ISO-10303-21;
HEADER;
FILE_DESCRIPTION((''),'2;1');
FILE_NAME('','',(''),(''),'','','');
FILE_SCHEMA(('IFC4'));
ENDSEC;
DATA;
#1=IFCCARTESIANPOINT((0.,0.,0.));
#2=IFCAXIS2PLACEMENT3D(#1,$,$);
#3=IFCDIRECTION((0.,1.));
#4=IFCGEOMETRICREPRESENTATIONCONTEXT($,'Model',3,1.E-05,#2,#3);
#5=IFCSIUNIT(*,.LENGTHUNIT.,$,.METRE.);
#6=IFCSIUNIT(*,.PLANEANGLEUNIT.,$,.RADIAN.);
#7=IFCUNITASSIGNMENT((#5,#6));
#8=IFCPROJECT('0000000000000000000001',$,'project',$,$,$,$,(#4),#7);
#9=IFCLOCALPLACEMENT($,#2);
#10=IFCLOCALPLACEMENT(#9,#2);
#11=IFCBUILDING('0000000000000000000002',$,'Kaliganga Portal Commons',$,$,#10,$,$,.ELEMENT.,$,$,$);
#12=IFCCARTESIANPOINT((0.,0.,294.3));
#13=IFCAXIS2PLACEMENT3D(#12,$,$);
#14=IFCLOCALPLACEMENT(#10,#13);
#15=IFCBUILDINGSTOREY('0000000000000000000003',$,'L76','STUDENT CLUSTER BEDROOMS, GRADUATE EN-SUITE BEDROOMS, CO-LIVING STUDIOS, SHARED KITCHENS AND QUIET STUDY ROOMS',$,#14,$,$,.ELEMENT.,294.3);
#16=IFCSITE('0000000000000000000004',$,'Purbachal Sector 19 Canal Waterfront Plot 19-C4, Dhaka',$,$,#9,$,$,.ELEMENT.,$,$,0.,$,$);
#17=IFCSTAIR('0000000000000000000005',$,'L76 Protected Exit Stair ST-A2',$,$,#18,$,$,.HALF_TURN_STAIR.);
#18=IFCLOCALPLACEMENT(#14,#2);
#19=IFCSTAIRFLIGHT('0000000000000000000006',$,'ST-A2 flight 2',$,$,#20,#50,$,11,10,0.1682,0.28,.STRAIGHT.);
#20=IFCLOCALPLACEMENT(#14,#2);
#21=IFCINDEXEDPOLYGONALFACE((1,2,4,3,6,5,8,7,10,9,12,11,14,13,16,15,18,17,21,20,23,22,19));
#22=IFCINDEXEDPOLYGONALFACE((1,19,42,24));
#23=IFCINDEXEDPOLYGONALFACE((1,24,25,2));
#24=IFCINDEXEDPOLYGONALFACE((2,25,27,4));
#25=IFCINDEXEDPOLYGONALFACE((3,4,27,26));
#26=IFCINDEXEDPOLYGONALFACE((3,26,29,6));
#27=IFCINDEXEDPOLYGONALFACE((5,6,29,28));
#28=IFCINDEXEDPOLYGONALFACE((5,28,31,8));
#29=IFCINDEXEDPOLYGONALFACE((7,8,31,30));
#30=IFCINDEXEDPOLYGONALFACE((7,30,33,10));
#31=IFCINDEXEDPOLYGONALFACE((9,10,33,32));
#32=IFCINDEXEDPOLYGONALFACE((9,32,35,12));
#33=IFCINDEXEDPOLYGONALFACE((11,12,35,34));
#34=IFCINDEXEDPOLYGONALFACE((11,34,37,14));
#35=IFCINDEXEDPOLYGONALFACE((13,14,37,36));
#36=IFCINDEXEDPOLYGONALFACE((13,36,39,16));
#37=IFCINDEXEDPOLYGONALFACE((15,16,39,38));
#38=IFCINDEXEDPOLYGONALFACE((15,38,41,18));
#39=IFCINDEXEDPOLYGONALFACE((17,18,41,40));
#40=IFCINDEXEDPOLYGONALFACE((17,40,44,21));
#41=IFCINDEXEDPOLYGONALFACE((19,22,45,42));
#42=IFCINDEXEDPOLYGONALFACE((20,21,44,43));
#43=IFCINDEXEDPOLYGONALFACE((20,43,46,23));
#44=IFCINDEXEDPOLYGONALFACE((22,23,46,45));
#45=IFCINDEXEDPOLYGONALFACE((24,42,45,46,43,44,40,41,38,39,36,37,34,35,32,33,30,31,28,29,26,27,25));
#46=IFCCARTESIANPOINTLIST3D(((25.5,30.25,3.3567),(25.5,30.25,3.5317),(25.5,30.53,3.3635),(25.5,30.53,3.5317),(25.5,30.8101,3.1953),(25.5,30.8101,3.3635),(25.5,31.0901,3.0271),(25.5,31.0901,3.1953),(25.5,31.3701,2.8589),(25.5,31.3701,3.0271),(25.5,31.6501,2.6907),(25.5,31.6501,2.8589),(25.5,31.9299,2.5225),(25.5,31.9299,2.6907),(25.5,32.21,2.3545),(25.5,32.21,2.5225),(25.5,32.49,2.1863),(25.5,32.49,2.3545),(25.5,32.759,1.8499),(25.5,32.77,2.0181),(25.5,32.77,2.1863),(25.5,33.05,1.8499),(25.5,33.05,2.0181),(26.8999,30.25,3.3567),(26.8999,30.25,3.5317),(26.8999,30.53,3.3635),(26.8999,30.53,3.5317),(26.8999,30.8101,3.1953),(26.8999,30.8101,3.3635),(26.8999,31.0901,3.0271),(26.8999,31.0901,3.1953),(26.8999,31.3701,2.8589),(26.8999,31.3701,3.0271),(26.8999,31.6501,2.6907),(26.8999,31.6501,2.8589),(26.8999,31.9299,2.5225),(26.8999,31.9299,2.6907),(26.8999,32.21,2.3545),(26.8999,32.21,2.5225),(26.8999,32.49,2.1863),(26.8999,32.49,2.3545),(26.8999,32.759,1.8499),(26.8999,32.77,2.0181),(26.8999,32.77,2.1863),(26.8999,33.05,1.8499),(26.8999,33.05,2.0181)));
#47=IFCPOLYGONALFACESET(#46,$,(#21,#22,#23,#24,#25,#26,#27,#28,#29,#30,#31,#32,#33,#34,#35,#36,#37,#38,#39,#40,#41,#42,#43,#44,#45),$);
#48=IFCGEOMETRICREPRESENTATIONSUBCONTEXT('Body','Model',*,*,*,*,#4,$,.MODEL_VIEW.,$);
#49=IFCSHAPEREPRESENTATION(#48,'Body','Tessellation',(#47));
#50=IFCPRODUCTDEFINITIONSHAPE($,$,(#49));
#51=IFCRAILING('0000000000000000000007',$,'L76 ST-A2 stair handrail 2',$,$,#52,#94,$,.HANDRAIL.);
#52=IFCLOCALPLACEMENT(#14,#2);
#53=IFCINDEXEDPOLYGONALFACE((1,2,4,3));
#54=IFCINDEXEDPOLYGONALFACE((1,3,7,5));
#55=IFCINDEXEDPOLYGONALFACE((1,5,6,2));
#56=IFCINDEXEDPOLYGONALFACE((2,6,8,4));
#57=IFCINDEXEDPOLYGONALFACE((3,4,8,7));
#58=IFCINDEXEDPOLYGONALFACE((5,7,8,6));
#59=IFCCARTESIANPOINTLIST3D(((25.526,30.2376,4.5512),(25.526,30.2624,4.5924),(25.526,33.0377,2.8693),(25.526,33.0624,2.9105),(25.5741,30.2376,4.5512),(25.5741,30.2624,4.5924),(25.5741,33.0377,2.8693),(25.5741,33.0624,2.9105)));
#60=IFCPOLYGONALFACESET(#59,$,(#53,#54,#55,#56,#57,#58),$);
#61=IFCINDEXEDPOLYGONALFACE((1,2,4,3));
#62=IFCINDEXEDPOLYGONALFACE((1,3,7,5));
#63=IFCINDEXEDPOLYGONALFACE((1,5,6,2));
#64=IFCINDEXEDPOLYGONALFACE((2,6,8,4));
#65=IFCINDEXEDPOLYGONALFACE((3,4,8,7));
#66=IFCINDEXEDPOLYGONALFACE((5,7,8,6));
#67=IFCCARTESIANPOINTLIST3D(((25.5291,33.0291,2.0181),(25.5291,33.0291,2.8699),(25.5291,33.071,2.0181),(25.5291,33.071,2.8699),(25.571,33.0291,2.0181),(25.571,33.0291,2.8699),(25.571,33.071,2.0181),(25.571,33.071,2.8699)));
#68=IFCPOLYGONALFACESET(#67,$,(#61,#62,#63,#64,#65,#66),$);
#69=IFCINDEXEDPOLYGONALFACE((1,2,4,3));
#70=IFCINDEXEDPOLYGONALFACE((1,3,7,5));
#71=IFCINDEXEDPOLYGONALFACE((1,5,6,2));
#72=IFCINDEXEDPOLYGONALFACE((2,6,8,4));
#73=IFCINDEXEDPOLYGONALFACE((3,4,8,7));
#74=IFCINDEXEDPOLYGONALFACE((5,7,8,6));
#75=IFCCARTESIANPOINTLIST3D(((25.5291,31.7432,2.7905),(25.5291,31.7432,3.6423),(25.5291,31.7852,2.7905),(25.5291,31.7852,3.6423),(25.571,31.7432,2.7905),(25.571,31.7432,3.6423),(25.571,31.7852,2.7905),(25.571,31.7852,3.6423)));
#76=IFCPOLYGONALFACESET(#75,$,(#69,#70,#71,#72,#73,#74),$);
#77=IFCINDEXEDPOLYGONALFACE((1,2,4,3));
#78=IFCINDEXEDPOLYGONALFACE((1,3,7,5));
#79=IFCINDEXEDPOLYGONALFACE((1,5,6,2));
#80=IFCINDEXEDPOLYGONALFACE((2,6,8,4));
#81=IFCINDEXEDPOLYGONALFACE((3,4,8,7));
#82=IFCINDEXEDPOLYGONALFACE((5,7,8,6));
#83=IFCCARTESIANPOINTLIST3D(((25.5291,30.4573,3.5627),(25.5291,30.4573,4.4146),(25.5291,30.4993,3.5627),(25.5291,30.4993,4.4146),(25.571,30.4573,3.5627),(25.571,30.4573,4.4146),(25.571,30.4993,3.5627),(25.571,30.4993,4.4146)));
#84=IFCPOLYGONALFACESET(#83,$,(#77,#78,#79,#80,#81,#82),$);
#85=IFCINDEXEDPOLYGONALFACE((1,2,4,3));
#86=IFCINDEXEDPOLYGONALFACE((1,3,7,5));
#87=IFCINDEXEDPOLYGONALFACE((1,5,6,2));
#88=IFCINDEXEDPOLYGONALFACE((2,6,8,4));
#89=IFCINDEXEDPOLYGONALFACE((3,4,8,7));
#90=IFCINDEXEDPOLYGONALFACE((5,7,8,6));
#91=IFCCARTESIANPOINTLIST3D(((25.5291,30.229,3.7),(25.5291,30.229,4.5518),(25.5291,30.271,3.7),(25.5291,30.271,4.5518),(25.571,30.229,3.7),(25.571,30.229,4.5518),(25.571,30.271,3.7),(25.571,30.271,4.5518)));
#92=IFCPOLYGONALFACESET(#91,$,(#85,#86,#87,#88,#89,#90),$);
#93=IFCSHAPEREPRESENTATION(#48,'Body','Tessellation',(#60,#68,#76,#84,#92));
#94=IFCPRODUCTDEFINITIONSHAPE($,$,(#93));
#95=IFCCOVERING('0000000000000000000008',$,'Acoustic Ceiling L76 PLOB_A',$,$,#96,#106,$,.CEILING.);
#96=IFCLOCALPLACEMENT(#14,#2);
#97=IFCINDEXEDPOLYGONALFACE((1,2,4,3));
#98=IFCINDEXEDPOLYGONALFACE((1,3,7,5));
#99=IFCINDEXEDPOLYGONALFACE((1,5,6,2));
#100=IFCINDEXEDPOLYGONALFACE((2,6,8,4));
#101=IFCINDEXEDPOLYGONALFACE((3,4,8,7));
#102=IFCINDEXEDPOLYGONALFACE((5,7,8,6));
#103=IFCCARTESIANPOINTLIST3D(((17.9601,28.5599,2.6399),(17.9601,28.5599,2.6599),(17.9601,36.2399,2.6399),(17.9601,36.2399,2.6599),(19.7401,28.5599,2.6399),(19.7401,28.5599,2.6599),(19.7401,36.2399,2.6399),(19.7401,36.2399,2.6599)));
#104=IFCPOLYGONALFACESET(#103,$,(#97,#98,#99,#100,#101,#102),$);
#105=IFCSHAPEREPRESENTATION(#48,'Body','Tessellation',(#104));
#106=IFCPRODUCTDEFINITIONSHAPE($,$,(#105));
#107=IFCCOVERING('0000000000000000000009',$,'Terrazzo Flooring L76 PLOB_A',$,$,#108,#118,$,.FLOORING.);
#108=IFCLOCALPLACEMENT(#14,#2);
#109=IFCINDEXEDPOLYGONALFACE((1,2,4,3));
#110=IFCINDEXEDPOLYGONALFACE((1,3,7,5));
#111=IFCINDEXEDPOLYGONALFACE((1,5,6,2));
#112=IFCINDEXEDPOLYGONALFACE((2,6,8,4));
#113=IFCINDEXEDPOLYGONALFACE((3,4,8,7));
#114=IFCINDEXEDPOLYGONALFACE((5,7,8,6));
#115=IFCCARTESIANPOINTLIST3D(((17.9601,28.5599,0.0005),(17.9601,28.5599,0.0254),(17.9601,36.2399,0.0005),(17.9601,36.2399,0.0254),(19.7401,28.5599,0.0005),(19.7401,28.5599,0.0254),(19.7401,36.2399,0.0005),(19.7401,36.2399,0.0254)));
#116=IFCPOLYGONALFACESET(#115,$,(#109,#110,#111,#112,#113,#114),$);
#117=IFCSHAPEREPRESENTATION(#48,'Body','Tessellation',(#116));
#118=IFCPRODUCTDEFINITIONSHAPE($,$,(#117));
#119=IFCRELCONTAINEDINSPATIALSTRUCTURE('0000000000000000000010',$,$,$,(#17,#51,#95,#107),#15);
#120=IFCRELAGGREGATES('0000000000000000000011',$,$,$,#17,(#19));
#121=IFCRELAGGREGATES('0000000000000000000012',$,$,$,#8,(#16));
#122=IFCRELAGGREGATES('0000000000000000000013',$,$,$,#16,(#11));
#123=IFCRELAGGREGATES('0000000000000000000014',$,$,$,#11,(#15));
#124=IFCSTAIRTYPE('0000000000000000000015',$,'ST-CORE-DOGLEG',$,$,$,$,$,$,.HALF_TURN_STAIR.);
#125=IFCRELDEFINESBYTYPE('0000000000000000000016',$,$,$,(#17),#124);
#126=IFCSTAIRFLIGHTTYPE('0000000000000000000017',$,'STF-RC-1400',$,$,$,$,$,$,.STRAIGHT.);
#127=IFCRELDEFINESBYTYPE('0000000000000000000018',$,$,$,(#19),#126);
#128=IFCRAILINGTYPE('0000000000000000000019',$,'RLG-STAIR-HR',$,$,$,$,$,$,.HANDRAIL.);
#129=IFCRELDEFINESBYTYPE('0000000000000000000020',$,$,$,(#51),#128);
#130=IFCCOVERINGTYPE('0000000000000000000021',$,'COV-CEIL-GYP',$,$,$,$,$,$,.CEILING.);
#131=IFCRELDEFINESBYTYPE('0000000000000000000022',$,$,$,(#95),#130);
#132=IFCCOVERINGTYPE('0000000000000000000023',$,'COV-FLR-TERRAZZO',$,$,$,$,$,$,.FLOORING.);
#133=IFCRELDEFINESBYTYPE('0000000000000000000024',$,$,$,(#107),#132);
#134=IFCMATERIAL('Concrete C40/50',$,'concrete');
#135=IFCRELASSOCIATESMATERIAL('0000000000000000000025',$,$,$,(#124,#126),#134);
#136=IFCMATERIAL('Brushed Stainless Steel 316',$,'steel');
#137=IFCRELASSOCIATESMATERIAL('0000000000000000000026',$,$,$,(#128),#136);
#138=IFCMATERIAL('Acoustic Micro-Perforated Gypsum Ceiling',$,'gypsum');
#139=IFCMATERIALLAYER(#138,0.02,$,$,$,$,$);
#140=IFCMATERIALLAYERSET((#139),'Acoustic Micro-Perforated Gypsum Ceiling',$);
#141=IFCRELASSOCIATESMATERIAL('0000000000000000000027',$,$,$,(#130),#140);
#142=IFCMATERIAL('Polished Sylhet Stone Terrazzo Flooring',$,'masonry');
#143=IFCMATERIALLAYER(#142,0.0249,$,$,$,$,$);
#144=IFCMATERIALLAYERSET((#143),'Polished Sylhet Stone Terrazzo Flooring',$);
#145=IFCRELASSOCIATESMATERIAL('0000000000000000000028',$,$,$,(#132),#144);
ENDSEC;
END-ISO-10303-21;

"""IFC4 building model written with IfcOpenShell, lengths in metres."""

from ifc_helpers import new_model, si_unit, direction, frame, origin, origin_2d, place, context, subcontext, project, spatial, polyline, rectangle, outline, extrude, source, transform, mapped, material, layer, layer_set, type_object, element, aggregate, save


model = new_model("IFC4")

# Units and contexts
model_context = context("Model", 3, precision=1e-05, world=origin(), true_north=direction((0.0, 1.0)))
body_context = subcontext(model_context, "Body", "Model", "MODEL_VIEW")
ifc_project = project(units=[si_unit("LENGTHUNIT", "METRE"), si_unit("PLANEANGLEUNIT", "RADIAN")], contexts=[model_context])

# Site, building, storey
site_placement = place(None, origin())
site = spatial("IfcSite", under=ifc_project, at=site_placement, Name="Purbachal Sector 19 Canal Waterfront Plot 19-C4, Dhaka", CompositionType="ELEMENT", RefElevation=0.0)
building_placement = place(site_placement, origin())
building = spatial("IfcBuilding", under=site, at=building_placement, Name="Kaliganga Portal Commons", CompositionType="ELEMENT")
storey_placement = place(building_placement, frame((0.0, 0.0, 294.3)))
storey = spatial("IfcBuildingStorey", under=building, at=storey_placement, Name="L76", Description="STUDENT CLUSTER BEDROOMS, GRADUATE EN-SUITE BEDROOMS, CO-LIVING STUDIOS, SHARED KITCHENS AND QUIET STUDY ROOMS", CompositionType="ELEMENT", Elevation=294.3)

# Stair, stair flight
ifc_material_1 = material(Name="Concrete C40/50", Category="concrete")
stair_type = type_object("IfcStairType", Name="ST-CORE-DOGLEG", PredefinedType="HALF_TURN_STAIR", material=ifc_material_1)
stair_placement = place(storey_placement, origin())
stair = element("IfcStair", 1, at=stair_placement, inside=storey, type_object=stair_type, Name="L76 Protected Exit Stair ST-A2", PredefinedType="HALF_TURN_STAIR")
stair_flight_type = type_object("IfcStairFlightType", Name="STF-RC-1400", PredefinedType="STRAIGHT", material=ifc_material_1)
stair_flight_placement = place(storey_placement, frame((26.2, 33.05, 1.8499), z_axis=(0.0, 0.0, 1.0), x_axis=(0.0, -1.0, 0.0)))
stair_flight = element("IfcStairFlight", 2, at=stair_flight_placement, type_object=stair_flight_type, Name="ST-A2 flight 2", NumberOfRisers=11, NumberOfTreads=10, PredefinedType="STRAIGHT", RiserHeight=0.1682, TreadLength=0.28, context=body_context, shape_type="SweptSolid", body=[
    extrude(outline(polyline([(0.0, 0.0), (0.0, 0.1682), (0.28, 0.1682), (0.28, 0.3364), (0.5601, 0.3364), (0.5601, 0.5046), (0.8401, 0.5046), (0.8401, 0.6726), (1.1201, 0.6726), (1.1201, 0.8408), (1.3999, 0.8408), (1.3999, 1.009), (1.6799, 1.009), (1.6799, 1.1772), (1.96, 1.1772), (1.96, 1.3455), (2.24, 1.3455), (2.24, 1.5137), (2.52, 1.5137), (2.52, 1.6819), (2.8, 1.6819), (2.8, 1.8501), (2.8, 1.5068), (0.291, 0.0), (0.0, 0.0)])), frame((0.0, 0.7, 0.0), z_axis=(0.0, -1.0, 0.0), x_axis=(1.0, 0.0, 0.0)), (0.0, 0.0, 1.0), 1.3999),
])
aggregate(stair, [stair_flight])

# Railing
ifc_material_2 = material(Name="Brushed Stainless Steel 316", Category="steel")
railing_type = type_object("IfcRailingType", Name="RLG-STAIR-HR", PredefinedType="HANDRAIL", material=ifc_material_2)
railing_placement = place(storey_placement, frame((25.55, 33.05, 2.0181)))
element("IfcRailing", 3, at=railing_placement, inside=storey, type_object=railing_type, Name="L76 ST-A2 stair handrail 2", PredefinedType="HANDRAIL", context=body_context, shape_type="SweptSolid", body=[
    extrude(rectangle(XDim=0.0481, YDim=0.0481, at=origin_2d()), frame((0.0, 0.0, 0.8718), z_axis=(0.0, -0.857242, 0.514913), x_axis=(1.0, 0.0, 0.0)), (0.0, 0.0, 1.0), 3.2664),
    extrude(rectangle(XDim=0.042, YDim=0.042, at=origin_2d()), origin(), (0.0, 0.0, 1.0), 0.8518),
    extrude(rectangle(XDim=0.042, YDim=0.042, at=origin_2d()), frame((0.0, -1.2859, 0.7725)), (0.0, 0.0, 1.0), 0.8518),
    extrude(rectangle(XDim=0.042, YDim=0.042, at=origin_2d()), frame((0.0, -2.5718, 1.5447)), (0.0, 0.0, 1.0), 0.8518),
    extrude(rectangle(XDim=0.042, YDim=0.042, at=origin_2d()), frame((0.0, -2.8, 1.6819)), (0.0, 0.0, 1.0), 0.8518),
])

# Coverings
ifc_material_3 = material(Name="Acoustic Micro-Perforated Gypsum Ceiling", Category="gypsum")
ifc_layer_1 = layer(ifc_material_3, 0.02)
ifc_layer_set_1 = layer_set([ifc_layer_1], Name="Acoustic Micro-Perforated Gypsum Ceiling")
covering_type_1 = type_object("IfcCoveringType", Name="COV-CEIL-GYP", PredefinedType="CEILING", material=ifc_layer_set_1)
shared_shape_1 = source(origin(), body_context, "Body", "SweptSolid", [
    extrude(rectangle(XDim=1.78, YDim=7.6799, at=origin_2d()), origin(), (0.0, 0.0, 1.0), 0.02),
])
covering_1_placement = place(storey_placement, frame((18.8501, 32.3999, 2.6399), z_axis=(0.0, 0.0, 1.0), x_axis=(1.0, 0.0, 0.0)))
element("IfcCovering", 4, at=covering_1_placement, inside=storey, type_object=covering_type_1, Name="Acoustic Ceiling L76 PLOB_A", PredefinedType="CEILING", context=body_context, shape_type="MappedRepresentation", body=[
    mapped(shared_shape_1, transform((0.0, 0.0, 0.0), x_axis=(1.0, 0.0, 0.0), y_axis=(0.0, 1.0, 0.0), z_axis=(0.0, 0.0, 1.0), scale=1.0)),
])
ifc_material_4 = material(Name="Polished Sylhet Stone Terrazzo Flooring", Category="masonry")
ifc_layer_2 = layer(ifc_material_4, 0.0249)
ifc_layer_set_2 = layer_set([ifc_layer_2], Name="Polished Sylhet Stone Terrazzo Flooring")
covering_type_2 = type_object("IfcCoveringType", Name="COV-FLR-TERRAZZO", PredefinedType="FLOORING", material=ifc_layer_set_2)
shared_shape_2 = source(origin(), body_context, "Body", "SweptSolid", [
    extrude(rectangle(XDim=1.78, YDim=7.6799, at=origin_2d()), origin(), (0.0, 0.0, 1.0), 0.0249),
])
covering_2_placement = place(storey_placement, frame((18.8501, 32.3999, 0.0005), z_axis=(0.0, 0.0, 1.0), x_axis=(1.0, 0.0, 0.0)))
element("IfcCovering", 5, at=covering_2_placement, inside=storey, type_object=covering_type_2, Name="Terrazzo Flooring L76 PLOB_A", PredefinedType="FLOORING", context=body_context, shape_type="MappedRepresentation", body=[
    mapped(shared_shape_2, transform((0.0, 0.0, 0.0), x_axis=(1.0, 0.0, 0.0), y_axis=(0.0, 1.0, 0.0), z_axis=(0.0, 0.0, 1.0), scale=1.0)),
])

save(model, "model.ifc")
